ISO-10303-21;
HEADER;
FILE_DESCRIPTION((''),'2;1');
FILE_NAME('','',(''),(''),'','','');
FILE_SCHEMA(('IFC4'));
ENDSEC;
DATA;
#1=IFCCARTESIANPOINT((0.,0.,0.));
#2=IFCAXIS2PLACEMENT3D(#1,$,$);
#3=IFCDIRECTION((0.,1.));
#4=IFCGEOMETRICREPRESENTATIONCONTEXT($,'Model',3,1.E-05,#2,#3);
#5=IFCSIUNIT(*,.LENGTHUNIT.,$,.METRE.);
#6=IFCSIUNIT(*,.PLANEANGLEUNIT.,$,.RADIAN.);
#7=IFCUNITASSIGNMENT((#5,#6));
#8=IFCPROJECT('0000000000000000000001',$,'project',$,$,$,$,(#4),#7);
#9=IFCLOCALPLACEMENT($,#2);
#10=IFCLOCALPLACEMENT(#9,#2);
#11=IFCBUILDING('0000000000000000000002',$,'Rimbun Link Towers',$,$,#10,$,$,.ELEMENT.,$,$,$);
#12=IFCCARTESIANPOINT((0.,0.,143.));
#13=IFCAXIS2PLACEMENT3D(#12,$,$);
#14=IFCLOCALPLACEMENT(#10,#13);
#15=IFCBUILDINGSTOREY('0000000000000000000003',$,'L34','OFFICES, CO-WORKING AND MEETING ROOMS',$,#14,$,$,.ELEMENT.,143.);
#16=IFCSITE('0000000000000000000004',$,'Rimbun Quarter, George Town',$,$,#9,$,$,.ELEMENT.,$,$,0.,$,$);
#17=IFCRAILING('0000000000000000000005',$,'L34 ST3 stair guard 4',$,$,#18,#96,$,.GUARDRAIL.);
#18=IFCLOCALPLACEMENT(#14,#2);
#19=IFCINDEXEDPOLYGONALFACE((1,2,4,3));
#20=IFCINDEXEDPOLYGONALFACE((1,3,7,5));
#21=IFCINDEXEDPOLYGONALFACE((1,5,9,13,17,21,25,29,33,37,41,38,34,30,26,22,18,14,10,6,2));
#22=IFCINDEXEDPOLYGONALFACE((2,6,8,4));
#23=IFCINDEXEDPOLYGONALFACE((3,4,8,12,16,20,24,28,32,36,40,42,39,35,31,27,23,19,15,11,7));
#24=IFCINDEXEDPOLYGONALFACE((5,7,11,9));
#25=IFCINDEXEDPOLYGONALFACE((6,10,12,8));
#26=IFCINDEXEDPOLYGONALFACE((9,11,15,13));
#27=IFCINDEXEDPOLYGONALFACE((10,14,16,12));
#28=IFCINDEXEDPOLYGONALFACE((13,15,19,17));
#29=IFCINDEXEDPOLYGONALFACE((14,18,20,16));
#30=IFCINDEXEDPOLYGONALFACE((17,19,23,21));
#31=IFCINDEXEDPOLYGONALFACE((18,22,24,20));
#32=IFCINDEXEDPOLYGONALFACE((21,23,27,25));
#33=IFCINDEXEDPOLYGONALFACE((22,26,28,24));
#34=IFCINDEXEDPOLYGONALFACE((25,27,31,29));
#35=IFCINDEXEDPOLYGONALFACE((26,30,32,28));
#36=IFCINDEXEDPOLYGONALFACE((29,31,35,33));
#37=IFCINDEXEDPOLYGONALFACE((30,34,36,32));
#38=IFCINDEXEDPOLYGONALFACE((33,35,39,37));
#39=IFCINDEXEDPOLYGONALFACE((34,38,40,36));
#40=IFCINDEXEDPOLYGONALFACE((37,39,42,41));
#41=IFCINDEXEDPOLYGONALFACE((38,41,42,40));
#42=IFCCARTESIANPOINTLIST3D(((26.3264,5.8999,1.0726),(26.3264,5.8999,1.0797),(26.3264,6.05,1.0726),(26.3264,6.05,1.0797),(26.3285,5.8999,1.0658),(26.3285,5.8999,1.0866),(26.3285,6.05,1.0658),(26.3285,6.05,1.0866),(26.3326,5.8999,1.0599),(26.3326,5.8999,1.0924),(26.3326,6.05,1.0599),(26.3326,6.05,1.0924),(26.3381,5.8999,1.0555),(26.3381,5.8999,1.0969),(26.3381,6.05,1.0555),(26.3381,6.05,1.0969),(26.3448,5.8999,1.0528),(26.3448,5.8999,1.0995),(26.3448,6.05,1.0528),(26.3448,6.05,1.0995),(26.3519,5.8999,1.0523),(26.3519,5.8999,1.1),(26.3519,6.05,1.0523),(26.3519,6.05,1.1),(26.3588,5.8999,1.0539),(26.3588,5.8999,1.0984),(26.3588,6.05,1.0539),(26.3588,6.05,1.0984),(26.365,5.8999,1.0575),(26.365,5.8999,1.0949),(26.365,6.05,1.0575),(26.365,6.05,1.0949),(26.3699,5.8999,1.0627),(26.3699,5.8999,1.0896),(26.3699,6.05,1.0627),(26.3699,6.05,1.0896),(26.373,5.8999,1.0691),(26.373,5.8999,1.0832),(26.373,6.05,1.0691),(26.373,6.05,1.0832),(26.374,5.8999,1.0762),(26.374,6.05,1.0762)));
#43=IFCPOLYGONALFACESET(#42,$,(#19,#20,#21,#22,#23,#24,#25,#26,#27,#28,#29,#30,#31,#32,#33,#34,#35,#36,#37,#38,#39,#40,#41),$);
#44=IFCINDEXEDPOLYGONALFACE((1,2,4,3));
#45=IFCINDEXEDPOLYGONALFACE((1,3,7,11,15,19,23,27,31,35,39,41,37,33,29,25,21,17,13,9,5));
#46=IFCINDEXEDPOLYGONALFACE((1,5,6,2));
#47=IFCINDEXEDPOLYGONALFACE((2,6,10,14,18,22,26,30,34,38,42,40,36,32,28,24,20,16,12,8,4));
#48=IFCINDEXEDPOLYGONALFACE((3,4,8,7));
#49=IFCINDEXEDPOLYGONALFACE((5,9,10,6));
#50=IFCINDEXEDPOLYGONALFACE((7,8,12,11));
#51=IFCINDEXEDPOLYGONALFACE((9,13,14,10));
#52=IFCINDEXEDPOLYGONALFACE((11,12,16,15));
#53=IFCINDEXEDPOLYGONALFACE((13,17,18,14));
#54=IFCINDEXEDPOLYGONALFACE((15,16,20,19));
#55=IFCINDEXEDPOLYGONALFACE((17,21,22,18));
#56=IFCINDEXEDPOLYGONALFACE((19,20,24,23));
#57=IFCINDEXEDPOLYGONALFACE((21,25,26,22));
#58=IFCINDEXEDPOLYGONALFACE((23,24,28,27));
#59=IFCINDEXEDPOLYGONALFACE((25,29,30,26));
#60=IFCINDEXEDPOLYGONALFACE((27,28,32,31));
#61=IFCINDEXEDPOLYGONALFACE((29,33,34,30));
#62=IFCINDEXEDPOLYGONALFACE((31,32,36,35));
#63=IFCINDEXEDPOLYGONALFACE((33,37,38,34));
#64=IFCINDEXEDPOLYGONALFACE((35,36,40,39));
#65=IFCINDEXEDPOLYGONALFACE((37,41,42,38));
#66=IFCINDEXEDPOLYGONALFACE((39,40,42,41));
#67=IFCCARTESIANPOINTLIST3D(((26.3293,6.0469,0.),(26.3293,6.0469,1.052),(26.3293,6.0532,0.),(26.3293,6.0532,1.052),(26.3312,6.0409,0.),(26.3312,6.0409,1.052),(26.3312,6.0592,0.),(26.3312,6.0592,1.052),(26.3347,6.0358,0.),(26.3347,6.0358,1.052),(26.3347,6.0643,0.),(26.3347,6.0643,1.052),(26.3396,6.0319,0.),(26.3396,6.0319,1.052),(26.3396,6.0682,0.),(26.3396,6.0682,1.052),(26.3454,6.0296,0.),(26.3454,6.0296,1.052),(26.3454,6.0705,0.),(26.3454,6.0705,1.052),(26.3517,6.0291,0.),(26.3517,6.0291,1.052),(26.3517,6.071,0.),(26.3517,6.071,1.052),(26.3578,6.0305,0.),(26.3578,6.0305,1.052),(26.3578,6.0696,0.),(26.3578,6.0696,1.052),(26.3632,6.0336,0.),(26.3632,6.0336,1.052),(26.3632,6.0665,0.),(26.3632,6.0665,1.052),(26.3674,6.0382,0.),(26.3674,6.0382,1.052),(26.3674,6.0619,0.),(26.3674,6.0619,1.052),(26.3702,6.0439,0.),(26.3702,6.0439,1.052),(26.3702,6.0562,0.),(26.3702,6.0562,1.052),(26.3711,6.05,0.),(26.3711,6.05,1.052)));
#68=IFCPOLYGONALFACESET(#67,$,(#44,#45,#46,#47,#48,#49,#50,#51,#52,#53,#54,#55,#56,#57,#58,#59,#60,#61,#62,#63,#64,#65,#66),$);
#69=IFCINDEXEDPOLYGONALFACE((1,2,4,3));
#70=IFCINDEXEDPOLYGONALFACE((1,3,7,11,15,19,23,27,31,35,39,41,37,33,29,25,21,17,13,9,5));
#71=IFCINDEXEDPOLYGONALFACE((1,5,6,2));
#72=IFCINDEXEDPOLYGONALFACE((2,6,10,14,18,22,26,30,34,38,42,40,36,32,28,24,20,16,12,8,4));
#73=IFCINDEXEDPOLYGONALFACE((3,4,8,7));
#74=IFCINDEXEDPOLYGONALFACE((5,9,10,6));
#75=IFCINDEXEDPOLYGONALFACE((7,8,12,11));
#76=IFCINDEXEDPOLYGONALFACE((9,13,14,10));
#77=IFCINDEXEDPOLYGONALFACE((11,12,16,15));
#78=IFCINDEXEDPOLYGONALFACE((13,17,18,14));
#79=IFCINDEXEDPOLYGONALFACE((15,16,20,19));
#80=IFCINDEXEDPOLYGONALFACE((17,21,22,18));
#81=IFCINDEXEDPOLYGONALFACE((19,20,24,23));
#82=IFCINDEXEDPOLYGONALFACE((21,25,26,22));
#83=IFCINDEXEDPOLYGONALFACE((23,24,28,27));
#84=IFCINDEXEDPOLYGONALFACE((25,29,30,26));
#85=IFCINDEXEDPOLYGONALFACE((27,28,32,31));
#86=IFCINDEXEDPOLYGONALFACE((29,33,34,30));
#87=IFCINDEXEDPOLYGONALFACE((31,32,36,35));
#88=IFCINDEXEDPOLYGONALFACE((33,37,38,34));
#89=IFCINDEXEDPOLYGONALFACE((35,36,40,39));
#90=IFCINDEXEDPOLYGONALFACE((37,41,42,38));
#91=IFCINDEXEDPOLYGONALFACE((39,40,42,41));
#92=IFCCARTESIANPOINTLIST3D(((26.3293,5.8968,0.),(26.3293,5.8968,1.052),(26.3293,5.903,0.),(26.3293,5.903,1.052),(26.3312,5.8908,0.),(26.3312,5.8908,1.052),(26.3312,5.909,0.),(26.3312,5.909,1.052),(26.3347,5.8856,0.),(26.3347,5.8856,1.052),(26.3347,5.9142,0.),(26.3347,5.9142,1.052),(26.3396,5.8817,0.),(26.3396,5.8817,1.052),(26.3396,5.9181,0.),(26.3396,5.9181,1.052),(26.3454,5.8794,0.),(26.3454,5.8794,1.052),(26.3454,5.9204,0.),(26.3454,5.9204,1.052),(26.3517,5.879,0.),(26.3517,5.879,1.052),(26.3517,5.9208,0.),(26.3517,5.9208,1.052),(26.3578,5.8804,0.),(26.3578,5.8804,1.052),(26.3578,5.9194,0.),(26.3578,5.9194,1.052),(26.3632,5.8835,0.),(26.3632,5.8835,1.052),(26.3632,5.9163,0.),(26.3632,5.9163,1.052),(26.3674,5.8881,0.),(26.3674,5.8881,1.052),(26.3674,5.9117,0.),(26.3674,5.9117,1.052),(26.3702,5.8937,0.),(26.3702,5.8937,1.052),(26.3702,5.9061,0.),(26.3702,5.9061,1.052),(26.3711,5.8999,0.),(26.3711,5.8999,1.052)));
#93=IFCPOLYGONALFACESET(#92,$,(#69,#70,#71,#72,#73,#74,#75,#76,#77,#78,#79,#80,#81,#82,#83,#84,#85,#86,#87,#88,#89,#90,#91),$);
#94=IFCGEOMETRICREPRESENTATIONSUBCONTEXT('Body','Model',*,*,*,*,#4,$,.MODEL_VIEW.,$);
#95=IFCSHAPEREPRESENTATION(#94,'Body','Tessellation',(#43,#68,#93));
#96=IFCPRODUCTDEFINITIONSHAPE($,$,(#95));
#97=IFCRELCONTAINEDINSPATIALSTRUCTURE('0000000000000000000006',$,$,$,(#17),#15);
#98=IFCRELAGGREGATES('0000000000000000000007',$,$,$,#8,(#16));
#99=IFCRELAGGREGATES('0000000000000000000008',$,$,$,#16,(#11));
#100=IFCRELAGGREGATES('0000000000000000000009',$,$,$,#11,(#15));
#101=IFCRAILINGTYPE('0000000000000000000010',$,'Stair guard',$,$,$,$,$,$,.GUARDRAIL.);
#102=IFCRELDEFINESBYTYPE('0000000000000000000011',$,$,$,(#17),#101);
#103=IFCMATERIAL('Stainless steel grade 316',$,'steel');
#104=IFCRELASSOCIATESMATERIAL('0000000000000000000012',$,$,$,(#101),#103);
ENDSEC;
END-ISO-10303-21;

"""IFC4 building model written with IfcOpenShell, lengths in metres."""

from ifc_helpers import new_model, si_unit, direction, frame, origin, origin_2d, place, context, subcontext, project, spatial, circle, extrude, material, type_object, element, save


model = new_model("IFC4")

# Units and contexts
model_context = context("Model", 3, precision=1e-05, world=origin(), true_north=direction((0.0, 1.0)))
body_context = subcontext(model_context, "Body", "Model", "MODEL_VIEW")
ifc_project = project(units=[si_unit("LENGTHUNIT", "METRE"), si_unit("PLANEANGLEUNIT", "RADIAN")], contexts=[model_context])

# Site, building, storey
site_placement = place(None, origin())
site = spatial("IfcSite", under=ifc_project, at=site_placement, Name="Rimbun Quarter, George Town", CompositionType="ELEMENT", RefElevation=0.0)
building_placement = place(site_placement, origin())
building = spatial("IfcBuilding", under=site, at=building_placement, Name="Rimbun Link Towers", CompositionType="ELEMENT")
storey_placement = place(building_placement, frame((0.0, 0.0, 143.0)))
storey = spatial("IfcBuildingStorey", under=building, at=storey_placement, Name="L34", Description="OFFICES, CO-WORKING AND MEETING ROOMS", CompositionType="ELEMENT", Elevation=143.0)

# Railing
ifc_material_1 = material(Name="Stainless steel grade 316", Category="steel")
railing_type_1 = type_object("IfcRailingType", Name="Stair guard", PredefinedType="GUARDRAIL", material=ifc_material_1)
railing_1_placement = place(storey_placement, frame((26.3501, 6.05, 0.0)))
element("IfcRailing", 1, at=railing_1_placement, inside=storey, type_object=railing_type_1, Name="L34 ST3 stair guard 4", PredefinedType="GUARDRAIL", context=body_context, shape_type="SweptSolid", body=[
    extrude(circle(Radius=0.0239, at=origin_2d()), frame((0.0, 0.0, 1.0762), z_axis=(0.0, -1.0, 0.0), x_axis=(1.0, 0.0, 0.0)), (0.0, 0.0, 1.0), 0.1501),
    extrude(circle(Radius=0.021, at=origin_2d()), origin(), (0.0, 0.0, 1.0), 1.052),
    extrude(circle(Radius=0.021, at=origin_2d()), frame((0.0, -0.1501, 0.0)), (0.0, 0.0, 1.0), 1.052),
])

save(model, "model.ifc")
